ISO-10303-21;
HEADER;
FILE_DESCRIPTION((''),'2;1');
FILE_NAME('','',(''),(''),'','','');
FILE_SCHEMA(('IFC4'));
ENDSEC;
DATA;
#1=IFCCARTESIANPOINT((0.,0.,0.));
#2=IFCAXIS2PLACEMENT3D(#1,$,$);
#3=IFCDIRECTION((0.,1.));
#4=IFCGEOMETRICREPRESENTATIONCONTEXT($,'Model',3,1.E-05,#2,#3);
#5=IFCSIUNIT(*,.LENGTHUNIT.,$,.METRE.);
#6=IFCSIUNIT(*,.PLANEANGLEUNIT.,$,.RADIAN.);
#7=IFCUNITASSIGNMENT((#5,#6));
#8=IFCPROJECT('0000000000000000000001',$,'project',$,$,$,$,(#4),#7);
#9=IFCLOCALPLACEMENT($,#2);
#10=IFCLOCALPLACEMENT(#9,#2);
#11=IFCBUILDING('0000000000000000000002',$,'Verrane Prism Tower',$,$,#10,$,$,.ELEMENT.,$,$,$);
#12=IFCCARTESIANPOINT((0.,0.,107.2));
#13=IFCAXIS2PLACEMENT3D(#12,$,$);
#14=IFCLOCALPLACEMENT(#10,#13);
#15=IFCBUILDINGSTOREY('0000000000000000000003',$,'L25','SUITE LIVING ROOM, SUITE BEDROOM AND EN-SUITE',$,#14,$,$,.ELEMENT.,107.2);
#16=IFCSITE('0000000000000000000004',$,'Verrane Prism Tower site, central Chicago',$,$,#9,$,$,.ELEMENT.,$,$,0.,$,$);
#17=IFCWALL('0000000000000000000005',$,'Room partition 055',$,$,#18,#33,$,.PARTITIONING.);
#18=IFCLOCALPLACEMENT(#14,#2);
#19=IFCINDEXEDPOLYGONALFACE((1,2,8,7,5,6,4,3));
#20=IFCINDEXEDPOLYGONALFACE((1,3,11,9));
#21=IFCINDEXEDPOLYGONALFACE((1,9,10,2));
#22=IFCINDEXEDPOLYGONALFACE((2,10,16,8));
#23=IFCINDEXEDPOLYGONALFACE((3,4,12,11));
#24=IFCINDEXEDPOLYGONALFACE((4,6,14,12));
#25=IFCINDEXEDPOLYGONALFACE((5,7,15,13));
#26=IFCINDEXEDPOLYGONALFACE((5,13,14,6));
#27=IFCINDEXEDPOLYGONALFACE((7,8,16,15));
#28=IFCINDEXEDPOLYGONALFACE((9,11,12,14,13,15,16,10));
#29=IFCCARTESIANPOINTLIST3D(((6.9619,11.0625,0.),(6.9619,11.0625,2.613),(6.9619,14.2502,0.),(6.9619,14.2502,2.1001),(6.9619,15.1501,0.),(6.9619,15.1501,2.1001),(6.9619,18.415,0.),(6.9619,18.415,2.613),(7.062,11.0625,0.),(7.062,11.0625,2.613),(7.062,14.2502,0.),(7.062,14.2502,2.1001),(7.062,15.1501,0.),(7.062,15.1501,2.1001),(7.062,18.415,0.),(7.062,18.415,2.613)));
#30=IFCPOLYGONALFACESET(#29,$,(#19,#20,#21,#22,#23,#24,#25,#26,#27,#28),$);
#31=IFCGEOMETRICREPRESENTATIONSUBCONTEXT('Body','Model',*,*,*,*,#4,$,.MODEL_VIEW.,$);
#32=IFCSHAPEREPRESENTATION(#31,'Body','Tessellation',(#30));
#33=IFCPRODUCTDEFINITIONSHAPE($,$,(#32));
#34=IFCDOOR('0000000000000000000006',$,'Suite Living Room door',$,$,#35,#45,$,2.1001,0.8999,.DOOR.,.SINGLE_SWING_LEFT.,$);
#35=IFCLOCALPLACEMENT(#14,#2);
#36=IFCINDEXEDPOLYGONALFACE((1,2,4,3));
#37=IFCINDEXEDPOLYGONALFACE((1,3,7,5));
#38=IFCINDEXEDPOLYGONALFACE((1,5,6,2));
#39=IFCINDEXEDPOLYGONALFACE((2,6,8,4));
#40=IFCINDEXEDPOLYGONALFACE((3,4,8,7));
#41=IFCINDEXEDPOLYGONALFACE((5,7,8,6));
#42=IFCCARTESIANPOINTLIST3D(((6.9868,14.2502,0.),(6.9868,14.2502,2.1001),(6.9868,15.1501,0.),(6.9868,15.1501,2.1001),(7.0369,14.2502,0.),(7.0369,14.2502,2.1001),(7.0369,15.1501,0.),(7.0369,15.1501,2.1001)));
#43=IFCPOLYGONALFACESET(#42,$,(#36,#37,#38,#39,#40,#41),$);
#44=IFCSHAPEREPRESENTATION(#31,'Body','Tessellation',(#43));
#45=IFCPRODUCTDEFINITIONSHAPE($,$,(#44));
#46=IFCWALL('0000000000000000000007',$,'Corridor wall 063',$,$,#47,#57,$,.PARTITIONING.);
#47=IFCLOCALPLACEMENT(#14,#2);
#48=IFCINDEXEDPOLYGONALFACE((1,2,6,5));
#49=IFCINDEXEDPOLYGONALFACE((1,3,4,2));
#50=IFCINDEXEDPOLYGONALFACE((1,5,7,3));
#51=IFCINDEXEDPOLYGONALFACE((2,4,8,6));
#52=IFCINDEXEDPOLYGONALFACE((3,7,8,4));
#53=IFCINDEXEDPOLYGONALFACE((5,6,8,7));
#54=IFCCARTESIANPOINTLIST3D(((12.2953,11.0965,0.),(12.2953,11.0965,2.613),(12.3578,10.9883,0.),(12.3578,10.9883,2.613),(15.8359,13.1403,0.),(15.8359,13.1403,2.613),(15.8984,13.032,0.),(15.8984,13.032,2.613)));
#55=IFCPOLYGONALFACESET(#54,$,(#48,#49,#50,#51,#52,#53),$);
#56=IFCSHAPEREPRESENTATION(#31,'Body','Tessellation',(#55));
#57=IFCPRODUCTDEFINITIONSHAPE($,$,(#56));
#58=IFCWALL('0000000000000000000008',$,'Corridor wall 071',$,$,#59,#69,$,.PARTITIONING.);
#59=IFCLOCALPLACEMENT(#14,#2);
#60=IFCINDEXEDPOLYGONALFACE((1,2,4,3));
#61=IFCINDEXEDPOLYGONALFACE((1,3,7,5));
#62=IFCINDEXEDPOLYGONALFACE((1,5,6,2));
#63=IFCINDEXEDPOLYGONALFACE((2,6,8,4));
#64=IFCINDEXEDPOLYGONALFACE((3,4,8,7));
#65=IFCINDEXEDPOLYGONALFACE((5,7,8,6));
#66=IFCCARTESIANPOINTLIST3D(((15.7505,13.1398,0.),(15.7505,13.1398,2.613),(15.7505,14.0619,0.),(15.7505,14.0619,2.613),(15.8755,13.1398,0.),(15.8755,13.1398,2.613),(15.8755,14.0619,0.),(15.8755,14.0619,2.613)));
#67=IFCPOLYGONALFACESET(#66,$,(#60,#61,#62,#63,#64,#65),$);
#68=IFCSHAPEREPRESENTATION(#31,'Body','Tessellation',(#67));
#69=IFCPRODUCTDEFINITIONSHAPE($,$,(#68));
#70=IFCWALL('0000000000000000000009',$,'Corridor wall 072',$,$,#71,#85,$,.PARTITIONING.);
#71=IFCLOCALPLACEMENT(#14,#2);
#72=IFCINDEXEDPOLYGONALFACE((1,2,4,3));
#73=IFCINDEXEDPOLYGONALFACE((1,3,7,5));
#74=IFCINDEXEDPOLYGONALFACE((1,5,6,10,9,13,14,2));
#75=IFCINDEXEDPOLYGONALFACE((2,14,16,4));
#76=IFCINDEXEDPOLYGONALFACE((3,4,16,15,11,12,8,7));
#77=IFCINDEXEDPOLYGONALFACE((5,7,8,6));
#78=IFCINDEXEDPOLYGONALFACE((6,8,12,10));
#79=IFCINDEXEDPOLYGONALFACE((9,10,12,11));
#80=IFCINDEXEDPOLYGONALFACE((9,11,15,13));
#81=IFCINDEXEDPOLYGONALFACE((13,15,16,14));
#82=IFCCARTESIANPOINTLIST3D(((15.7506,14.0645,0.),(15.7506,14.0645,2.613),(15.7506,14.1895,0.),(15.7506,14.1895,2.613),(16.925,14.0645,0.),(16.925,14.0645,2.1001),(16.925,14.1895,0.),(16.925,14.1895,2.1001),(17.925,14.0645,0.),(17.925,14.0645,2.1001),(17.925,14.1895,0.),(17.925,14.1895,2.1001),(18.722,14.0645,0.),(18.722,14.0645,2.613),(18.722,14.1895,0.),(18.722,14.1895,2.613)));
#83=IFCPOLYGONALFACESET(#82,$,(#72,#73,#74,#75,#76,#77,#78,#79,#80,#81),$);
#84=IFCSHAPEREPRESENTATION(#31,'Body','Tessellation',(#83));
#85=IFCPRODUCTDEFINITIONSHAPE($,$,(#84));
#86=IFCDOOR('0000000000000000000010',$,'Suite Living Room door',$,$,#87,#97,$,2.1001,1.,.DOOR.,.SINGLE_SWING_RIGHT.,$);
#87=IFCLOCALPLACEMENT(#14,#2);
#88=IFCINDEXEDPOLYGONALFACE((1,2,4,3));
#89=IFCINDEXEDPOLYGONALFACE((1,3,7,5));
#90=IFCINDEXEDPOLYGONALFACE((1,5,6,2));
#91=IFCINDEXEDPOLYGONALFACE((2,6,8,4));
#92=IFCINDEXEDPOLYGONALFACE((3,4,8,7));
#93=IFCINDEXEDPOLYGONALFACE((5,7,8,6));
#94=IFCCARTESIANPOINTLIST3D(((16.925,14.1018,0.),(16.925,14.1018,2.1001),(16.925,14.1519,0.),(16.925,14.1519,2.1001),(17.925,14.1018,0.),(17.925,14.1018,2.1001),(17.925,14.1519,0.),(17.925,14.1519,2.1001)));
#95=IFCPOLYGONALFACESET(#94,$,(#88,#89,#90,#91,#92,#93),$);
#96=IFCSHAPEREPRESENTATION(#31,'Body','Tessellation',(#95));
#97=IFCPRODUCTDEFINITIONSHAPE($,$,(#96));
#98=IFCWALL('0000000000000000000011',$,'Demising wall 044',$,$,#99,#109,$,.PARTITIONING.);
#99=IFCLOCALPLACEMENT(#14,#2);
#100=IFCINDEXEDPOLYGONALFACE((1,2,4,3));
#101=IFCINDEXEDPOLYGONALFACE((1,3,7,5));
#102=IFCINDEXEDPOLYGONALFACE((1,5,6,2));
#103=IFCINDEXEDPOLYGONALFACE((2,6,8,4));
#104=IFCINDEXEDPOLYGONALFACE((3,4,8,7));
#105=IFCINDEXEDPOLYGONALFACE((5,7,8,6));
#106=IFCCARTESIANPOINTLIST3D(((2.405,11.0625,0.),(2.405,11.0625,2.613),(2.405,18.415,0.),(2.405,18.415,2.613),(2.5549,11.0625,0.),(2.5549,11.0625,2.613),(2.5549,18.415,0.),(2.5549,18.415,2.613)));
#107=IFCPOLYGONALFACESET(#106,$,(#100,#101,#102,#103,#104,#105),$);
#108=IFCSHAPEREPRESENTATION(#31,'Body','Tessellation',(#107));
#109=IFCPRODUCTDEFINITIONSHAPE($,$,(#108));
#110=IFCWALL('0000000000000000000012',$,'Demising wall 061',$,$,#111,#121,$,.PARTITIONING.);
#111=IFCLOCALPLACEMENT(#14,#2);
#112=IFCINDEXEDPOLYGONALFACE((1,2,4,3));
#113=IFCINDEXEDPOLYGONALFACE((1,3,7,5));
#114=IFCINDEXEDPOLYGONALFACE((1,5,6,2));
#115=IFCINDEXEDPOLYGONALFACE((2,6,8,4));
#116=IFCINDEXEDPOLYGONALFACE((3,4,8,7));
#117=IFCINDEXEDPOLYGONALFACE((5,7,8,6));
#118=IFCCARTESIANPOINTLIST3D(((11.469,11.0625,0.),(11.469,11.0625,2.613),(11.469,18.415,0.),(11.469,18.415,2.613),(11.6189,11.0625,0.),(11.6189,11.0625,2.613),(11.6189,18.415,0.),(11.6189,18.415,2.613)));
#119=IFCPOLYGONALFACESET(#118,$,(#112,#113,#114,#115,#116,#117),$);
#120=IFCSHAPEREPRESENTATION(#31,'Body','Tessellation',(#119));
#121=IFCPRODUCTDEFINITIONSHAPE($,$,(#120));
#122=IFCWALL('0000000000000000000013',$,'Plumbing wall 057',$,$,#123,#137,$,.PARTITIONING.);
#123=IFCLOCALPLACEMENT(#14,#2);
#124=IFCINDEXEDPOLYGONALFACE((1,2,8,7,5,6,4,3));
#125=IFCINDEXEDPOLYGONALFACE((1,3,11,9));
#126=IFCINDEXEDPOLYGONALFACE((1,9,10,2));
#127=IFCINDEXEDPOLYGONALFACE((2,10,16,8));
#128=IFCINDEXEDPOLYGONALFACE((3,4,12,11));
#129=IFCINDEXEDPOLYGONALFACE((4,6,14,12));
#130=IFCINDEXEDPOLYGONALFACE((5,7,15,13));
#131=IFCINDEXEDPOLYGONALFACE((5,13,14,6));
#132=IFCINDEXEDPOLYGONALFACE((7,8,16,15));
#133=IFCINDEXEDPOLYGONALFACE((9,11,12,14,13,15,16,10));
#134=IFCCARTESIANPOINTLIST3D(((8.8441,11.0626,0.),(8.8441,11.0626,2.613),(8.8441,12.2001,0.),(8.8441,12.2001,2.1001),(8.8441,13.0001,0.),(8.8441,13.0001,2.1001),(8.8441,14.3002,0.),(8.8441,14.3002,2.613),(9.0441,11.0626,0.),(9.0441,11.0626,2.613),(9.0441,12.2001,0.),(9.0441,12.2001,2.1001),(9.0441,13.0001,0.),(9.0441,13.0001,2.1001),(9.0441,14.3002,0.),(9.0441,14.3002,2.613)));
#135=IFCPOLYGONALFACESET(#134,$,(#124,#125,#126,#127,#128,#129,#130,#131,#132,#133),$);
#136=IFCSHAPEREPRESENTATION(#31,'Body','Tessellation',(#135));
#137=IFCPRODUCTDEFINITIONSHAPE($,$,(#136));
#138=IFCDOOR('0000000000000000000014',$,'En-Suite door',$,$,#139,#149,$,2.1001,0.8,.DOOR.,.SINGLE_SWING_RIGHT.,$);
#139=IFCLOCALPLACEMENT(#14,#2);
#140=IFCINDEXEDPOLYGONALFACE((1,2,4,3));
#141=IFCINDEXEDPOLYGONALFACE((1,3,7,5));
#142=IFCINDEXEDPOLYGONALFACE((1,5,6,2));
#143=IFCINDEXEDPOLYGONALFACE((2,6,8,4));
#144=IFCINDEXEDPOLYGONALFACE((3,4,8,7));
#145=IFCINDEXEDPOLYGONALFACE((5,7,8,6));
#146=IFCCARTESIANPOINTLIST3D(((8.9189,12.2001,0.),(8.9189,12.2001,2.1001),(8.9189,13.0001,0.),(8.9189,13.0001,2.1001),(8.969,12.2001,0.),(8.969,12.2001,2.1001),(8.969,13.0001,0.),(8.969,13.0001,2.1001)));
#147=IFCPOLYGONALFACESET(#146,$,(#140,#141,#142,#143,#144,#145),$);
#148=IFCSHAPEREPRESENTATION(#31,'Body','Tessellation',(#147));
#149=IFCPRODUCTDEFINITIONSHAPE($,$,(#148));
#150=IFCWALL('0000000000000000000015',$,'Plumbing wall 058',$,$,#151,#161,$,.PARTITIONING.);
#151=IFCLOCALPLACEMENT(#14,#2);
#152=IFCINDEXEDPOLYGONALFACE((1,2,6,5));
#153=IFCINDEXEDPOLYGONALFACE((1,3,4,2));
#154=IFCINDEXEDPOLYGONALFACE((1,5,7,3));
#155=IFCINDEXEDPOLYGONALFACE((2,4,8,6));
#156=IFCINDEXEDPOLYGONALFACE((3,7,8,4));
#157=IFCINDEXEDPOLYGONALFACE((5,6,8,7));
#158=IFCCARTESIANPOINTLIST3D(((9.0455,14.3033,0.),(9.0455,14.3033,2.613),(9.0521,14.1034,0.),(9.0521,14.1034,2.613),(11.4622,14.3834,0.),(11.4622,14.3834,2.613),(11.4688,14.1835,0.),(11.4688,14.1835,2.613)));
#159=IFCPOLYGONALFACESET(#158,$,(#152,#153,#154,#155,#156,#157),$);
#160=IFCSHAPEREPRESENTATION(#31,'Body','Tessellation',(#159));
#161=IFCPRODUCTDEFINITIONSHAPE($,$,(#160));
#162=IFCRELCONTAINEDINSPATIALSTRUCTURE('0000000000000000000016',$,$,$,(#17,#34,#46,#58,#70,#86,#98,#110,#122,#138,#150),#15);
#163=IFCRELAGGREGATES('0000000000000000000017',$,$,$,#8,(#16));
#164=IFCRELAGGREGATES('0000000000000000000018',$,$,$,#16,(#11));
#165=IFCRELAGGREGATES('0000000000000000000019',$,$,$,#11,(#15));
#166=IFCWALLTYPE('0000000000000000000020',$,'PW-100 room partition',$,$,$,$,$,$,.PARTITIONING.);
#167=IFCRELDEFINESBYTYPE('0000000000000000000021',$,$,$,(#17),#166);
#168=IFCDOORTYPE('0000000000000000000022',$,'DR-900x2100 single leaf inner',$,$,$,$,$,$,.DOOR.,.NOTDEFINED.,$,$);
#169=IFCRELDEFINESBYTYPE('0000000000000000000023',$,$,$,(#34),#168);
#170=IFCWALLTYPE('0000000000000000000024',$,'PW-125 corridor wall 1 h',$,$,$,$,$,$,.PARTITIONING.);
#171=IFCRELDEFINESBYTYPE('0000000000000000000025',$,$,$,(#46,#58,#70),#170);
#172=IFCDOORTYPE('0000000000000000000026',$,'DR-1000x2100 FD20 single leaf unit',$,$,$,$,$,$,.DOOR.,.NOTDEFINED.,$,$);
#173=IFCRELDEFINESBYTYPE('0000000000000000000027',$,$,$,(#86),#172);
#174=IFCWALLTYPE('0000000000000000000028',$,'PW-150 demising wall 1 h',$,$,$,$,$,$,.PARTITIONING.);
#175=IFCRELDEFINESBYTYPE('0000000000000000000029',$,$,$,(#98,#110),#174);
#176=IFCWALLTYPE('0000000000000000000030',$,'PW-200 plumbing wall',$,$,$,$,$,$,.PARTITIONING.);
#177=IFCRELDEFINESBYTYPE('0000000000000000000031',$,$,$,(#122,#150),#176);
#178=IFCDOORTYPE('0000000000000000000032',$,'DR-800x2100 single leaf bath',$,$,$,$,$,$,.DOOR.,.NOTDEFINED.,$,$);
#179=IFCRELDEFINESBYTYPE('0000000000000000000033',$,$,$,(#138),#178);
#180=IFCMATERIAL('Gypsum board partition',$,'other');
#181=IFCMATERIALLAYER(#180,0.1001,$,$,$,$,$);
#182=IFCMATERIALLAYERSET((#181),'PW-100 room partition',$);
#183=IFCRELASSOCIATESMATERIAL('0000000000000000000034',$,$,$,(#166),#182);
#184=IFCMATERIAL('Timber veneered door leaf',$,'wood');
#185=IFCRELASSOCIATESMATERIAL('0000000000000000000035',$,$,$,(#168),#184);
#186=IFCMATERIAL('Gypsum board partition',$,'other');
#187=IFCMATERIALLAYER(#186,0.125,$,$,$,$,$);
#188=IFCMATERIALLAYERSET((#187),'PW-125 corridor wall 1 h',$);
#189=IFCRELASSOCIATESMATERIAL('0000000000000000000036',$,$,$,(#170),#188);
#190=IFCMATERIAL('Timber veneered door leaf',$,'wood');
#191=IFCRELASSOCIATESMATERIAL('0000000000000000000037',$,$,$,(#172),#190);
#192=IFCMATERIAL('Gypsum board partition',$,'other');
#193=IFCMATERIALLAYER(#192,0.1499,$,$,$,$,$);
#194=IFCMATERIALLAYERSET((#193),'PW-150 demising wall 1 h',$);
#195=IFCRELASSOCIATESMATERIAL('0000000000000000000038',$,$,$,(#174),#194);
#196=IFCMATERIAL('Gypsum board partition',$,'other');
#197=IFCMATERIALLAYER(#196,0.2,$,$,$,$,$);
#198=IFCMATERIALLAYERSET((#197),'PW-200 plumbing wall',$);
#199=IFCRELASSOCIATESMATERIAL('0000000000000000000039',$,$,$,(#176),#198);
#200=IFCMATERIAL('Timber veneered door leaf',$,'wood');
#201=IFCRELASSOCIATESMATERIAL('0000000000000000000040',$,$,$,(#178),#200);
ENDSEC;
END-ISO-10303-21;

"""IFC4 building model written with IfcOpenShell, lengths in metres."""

from ifc_helpers import new_model, si_unit, direction, frame, frame_2d, origin, place, context, subcontext, project, spatial, rectangle, extrude, material, layer, layer_set, type_object, element, fill, save


model = new_model("IFC4")

# Units and contexts
model_context = context("Model", 3, precision=1e-05, world=origin(), true_north=direction((0.0, 1.0)))
body_context = subcontext(model_context, "Body", "Model", "MODEL_VIEW")
ifc_project = project(units=[si_unit("LENGTHUNIT", "METRE"), si_unit("PLANEANGLEUNIT", "RADIAN")], contexts=[model_context])

# Site, building, storey
site_placement = place(None, origin())
site = spatial("IfcSite", under=ifc_project, at=site_placement, Name="Verrane Prism Tower site, central Chicago", CompositionType="ELEMENT", RefElevation=0.0)
building_placement = place(site_placement, origin())
building = spatial("IfcBuilding", under=site, at=building_placement, Name="Verrane Prism Tower", CompositionType="ELEMENT")
storey_placement = place(building_placement, frame((0.0, 0.0, 107.2)))
storey = spatial("IfcBuildingStorey", under=building, at=storey_placement, Name="L25", Description="SUITE LIVING ROOM, SUITE BEDROOM AND EN-SUITE", CompositionType="ELEMENT", Elevation=107.2)

# Wall, opening, door
ifc_material_1 = material(Name="Gypsum board partition", Category="other")
ifc_layer_1 = layer(ifc_material_1, 0.1001)
ifc_layer_set_1 = layer_set([ifc_layer_1], Name="PW-100 room partition")
wall_type_1 = type_object("IfcWallType", Name="PW-100 room partition", PredefinedType="PARTITIONING", material=ifc_layer_set_1)
wall_1_placement = place(storey_placement, frame((7.012, 18.415, 0.0), z_axis=(0.0, 0.0, 1.0), x_axis=(0.0, -1.0, 0.0)))
wall_1 = element("IfcWall", 1, at=wall_1_placement, inside=storey, type_object=wall_type_1, Name="Room partition 055", PredefinedType="PARTITIONING", context=body_context, shape_type="SweptSolid", body=[
    extrude(rectangle(XDim=7.3525, YDim=0.1001, at=frame_2d((3.6763, 0.0))), origin(), (0.0, 0.0, 1.0), 2.613),
])
opening_1_placement = place(wall_1_placement, frame((3.2649, 0.0, 0.0)))
opening_1 = element("IfcOpeningElement", 2, at=opening_1_placement, cuts=wall_1, PredefinedType="OPENING", context=body_context, shape_type="SweptSolid", body=[
    extrude(rectangle(XDim=0.8999, YDim=2.1001, at=frame_2d((0.45, 1.05))), frame((0.0, 0.0601, 0.0), z_axis=(0.0, -1.0, 0.0), x_axis=(1.0, 0.0, 0.0)), (0.0, 0.0, 1.0), 0.1201),
])
ifc_material_2 = material(Name="Timber veneered door leaf", Category="wood")
door_type_1 = type_object("IfcDoorType", Name="DR-900x2100 single leaf inner", OperationType="NOTDEFINED", PredefinedType="DOOR", material=ifc_material_2)
door_1_placement = place(opening_1_placement, origin())
door_1 = element("IfcDoor", 3, at=door_1_placement, inside=storey, type_object=door_type_1, Name="Suite Living Room door", OperationType="SINGLE_SWING_LEFT", OverallHeight=2.1001, OverallWidth=0.8999, PredefinedType="DOOR", context=body_context, shape_type="SweptSolid", body=[
    extrude(rectangle(XDim=0.8999, YDim=2.1001, at=frame_2d((0.45, 1.05))), frame((0.0, 0.0249, 0.0), z_axis=(0.0, -1.0, 0.0), x_axis=(1.0, 0.0, 0.0)), (0.0, 0.0, 1.0), 0.05),
])
fill(opening_1, door_1)

# Walls
ifc_material_3 = material(Name="Gypsum board partition", Category="other")
ifc_layer_2 = layer(ifc_material_3, 0.125)
ifc_layer_set_2 = layer_set([ifc_layer_2], Name="PW-125 corridor wall 1 h")
wall_type_2 = type_object("IfcWallType", Name="PW-125 corridor wall 1 h", PredefinedType="PARTITIONING", material=ifc_layer_set_2)
wall_2_placement = place(storey_placement, frame((12.3267, 11.0425, 0.0), z_axis=(0.0, 0.0, 1.0), x_axis=(0.86607, 0.499922, 0.0)))
element("IfcWall", 4, at=wall_2_placement, inside=storey, type_object=wall_type_2, Name="Corridor wall 063", PredefinedType="PARTITIONING", context=body_context, shape_type="SweptSolid", body=[
    extrude(rectangle(XDim=4.0881, YDim=0.125, at=frame_2d((2.0439, 0.0))), origin(), (0.0, 0.0, 1.0), 2.613),
])
wall_3_placement = place(storey_placement, frame((15.813, 13.1399, 0.0), z_axis=(0.0, 0.0, 1.0), x_axis=(0.0, 1.0, 0.0)))
element("IfcWall", 5, at=wall_3_placement, inside=storey, type_object=wall_type_2, Name="Corridor wall 071", PredefinedType="PARTITIONING", context=body_context, shape_type="SweptSolid", body=[
    extrude(rectangle(XDim=0.9221, YDim=0.125, at=frame_2d((0.4609, 0.0))), origin(), (0.0, 0.0, 1.0), 2.613),
])

# Wall, opening, door
wall_4_placement = place(storey_placement, frame((15.7505, 14.127, 0.0), z_axis=(0.0, 0.0, 1.0), x_axis=(1.0, 0.0, 0.0)))
wall_4 = element("IfcWall", 6, at=wall_4_placement, inside=storey, type_object=wall_type_2, Name="Corridor wall 072", PredefinedType="PARTITIONING", context=body_context, shape_type="SweptSolid", body=[
    extrude(rectangle(XDim=2.9714, YDim=0.125, at=frame_2d((1.4858, 0.0))), origin(), (0.0, 0.0, 1.0), 2.613),
])
opening_2_placement = place(wall_4_placement, frame((1.1746, 0.0, 0.0)))
opening_2 = element("IfcOpeningElement", 7, at=opening_2_placement, cuts=wall_4, PredefinedType="OPENING", context=body_context, shape_type="SweptSolid", body=[
    extrude(rectangle(XDim=1.0, YDim=2.1001, at=frame_2d((0.5, 1.05))), frame((0.0, 0.0725, 0.0), z_axis=(0.0, -1.0, 0.0), x_axis=(1.0, 0.0, 0.0)), (0.0, 0.0, 1.0), 0.145),
])
ifc_material_4 = material(Name="Timber veneered door leaf", Category="wood")
door_type_2 = type_object("IfcDoorType", Name="DR-1000x2100 FD20 single leaf unit", OperationType="NOTDEFINED", PredefinedType="DOOR", material=ifc_material_4)
door_2_placement = place(opening_2_placement, origin())
door_2 = element("IfcDoor", 8, at=door_2_placement, inside=storey, type_object=door_type_2, Name="Suite Living Room door", OperationType="SINGLE_SWING_RIGHT", OverallHeight=2.1001, OverallWidth=1.0, PredefinedType="DOOR", context=body_context, shape_type="SweptSolid", body=[
    extrude(rectangle(XDim=1.0, YDim=2.1001, at=frame_2d((0.5, 1.05))), frame((0.0, 0.0249, 0.0), z_axis=(0.0, -1.0, 0.0), x_axis=(1.0, 0.0, 0.0)), (0.0, 0.0, 1.0), 0.05),
])
fill(opening_2, door_2)

# Walls
ifc_material_5 = material(Name="Gypsum board partition", Category="other")
ifc_layer_3 = layer(ifc_material_5, 0.1499)
ifc_layer_set_3 = layer_set([ifc_layer_3], Name="PW-150 demising wall 1 h")
wall_type_3 = type_object("IfcWallType", Name="PW-150 demising wall 1 h", PredefinedType="PARTITIONING", material=ifc_layer_set_3)
for number, where, z_axis, x_axis, name in (
    (9, (2.48, 11.0625, 0.0), (0.0, 0.0, 1.0), (0.0, 1.0, 0.0), "Demising wall 044"),
    (10, (11.5439, 11.0625, 0.0), (0.0, 0.0, 1.0), (0.0, 1.0, 0.0), "Demising wall 061"),
):
    element("IfcWall", number, at=place(storey_placement, frame(where, z_axis=z_axis, x_axis=x_axis)), inside=storey, type_object=wall_type_3, Name=name, PredefinedType="PARTITIONING", context=body_context, shape_type="SweptSolid", body=[
        extrude(rectangle(XDim=7.3525, YDim=0.1499, at=frame_2d((3.6763, 0.0))), origin(), (0.0, 0.0, 1.0), 2.613),
    ])

# Wall, opening, door
ifc_material_6 = material(Name="Gypsum board partition", Category="other")
ifc_layer_4 = layer(ifc_material_6, 0.2)
ifc_layer_set_4 = layer_set([ifc_layer_4], Name="PW-200 plumbing wall")
wall_type_4 = type_object("IfcWallType", Name="PW-200 plumbing wall", PredefinedType="PARTITIONING", material=ifc_layer_set_4)
wall_5_placement = place(storey_placement, frame((8.9441, 14.3, 0.0), z_axis=(0.0, 0.0, 1.0), x_axis=(0.0, -1.0, 0.0)))
wall_5 = element("IfcWall", 11, at=wall_5_placement, inside=storey, type_object=wall_type_4, Name="Plumbing wall 057", PredefinedType="PARTITIONING", context=body_context, shape_type="SweptSolid", body=[
    extrude(rectangle(XDim=3.2375, YDim=0.2, at=frame_2d((1.6187, 0.0))), origin(), (0.0, 0.0, 1.0), 2.613),
])
opening_3_placement = place(wall_5_placement, frame((1.3, 0.0, 0.0)))
opening_3 = element("IfcOpeningElement", 12, at=opening_3_placement, cuts=wall_5, PredefinedType="OPENING", context=body_context, shape_type="SweptSolid", body=[
    extrude(rectangle(XDim=0.8, YDim=2.1001, at=frame_2d((0.3999, 1.05))), frame((0.0, 0.1099, 0.0), z_axis=(0.0, -1.0, 0.0), x_axis=(1.0, 0.0, 0.0)), (0.0, 0.0, 1.0), 0.22),
])
ifc_material_7 = material(Name="Timber veneered door leaf", Category="wood")
door_type_3 = type_object("IfcDoorType", Name="DR-800x2100 single leaf bath", OperationType="NOTDEFINED", PredefinedType="DOOR", material=ifc_material_7)
door_3_placement = place(opening_3_placement, origin())
door_3 = element("IfcDoor", 13, at=door_3_placement, inside=storey, type_object=door_type_3, Name="En-Suite door", OperationType="SINGLE_SWING_RIGHT", OverallHeight=2.1001, OverallWidth=0.8, PredefinedType="DOOR", context=body_context, shape_type="SweptSolid", body=[
    extrude(rectangle(XDim=0.8, YDim=2.1001, at=frame_2d((0.3999, 1.05))), frame((0.0, 0.0249, 0.0), z_axis=(0.0, -1.0, 0.0), x_axis=(1.0, 0.0, 0.0)), (0.0, 0.0, 1.0), 0.05),
])
fill(opening_3, door_3)

# Wall
wall_6_placement = place(storey_placement, frame((9.0488, 14.2034, 0.0), z_axis=(0.0, 0.0, 1.0), x_axis=(0.999451, 0.033116, 0.0)))
element("IfcWall", 14, at=wall_6_placement, inside=storey, type_object=wall_type_4, Name="Plumbing wall 058", PredefinedType="PARTITIONING", context=body_context, shape_type="SweptSolid", body=[
    extrude(rectangle(XDim=2.418, YDim=0.2, at=frame_2d((1.209, 0.0))), origin(), (0.0, 0.0, 1.0), 2.613),
])

save(model, "model.ifc")
